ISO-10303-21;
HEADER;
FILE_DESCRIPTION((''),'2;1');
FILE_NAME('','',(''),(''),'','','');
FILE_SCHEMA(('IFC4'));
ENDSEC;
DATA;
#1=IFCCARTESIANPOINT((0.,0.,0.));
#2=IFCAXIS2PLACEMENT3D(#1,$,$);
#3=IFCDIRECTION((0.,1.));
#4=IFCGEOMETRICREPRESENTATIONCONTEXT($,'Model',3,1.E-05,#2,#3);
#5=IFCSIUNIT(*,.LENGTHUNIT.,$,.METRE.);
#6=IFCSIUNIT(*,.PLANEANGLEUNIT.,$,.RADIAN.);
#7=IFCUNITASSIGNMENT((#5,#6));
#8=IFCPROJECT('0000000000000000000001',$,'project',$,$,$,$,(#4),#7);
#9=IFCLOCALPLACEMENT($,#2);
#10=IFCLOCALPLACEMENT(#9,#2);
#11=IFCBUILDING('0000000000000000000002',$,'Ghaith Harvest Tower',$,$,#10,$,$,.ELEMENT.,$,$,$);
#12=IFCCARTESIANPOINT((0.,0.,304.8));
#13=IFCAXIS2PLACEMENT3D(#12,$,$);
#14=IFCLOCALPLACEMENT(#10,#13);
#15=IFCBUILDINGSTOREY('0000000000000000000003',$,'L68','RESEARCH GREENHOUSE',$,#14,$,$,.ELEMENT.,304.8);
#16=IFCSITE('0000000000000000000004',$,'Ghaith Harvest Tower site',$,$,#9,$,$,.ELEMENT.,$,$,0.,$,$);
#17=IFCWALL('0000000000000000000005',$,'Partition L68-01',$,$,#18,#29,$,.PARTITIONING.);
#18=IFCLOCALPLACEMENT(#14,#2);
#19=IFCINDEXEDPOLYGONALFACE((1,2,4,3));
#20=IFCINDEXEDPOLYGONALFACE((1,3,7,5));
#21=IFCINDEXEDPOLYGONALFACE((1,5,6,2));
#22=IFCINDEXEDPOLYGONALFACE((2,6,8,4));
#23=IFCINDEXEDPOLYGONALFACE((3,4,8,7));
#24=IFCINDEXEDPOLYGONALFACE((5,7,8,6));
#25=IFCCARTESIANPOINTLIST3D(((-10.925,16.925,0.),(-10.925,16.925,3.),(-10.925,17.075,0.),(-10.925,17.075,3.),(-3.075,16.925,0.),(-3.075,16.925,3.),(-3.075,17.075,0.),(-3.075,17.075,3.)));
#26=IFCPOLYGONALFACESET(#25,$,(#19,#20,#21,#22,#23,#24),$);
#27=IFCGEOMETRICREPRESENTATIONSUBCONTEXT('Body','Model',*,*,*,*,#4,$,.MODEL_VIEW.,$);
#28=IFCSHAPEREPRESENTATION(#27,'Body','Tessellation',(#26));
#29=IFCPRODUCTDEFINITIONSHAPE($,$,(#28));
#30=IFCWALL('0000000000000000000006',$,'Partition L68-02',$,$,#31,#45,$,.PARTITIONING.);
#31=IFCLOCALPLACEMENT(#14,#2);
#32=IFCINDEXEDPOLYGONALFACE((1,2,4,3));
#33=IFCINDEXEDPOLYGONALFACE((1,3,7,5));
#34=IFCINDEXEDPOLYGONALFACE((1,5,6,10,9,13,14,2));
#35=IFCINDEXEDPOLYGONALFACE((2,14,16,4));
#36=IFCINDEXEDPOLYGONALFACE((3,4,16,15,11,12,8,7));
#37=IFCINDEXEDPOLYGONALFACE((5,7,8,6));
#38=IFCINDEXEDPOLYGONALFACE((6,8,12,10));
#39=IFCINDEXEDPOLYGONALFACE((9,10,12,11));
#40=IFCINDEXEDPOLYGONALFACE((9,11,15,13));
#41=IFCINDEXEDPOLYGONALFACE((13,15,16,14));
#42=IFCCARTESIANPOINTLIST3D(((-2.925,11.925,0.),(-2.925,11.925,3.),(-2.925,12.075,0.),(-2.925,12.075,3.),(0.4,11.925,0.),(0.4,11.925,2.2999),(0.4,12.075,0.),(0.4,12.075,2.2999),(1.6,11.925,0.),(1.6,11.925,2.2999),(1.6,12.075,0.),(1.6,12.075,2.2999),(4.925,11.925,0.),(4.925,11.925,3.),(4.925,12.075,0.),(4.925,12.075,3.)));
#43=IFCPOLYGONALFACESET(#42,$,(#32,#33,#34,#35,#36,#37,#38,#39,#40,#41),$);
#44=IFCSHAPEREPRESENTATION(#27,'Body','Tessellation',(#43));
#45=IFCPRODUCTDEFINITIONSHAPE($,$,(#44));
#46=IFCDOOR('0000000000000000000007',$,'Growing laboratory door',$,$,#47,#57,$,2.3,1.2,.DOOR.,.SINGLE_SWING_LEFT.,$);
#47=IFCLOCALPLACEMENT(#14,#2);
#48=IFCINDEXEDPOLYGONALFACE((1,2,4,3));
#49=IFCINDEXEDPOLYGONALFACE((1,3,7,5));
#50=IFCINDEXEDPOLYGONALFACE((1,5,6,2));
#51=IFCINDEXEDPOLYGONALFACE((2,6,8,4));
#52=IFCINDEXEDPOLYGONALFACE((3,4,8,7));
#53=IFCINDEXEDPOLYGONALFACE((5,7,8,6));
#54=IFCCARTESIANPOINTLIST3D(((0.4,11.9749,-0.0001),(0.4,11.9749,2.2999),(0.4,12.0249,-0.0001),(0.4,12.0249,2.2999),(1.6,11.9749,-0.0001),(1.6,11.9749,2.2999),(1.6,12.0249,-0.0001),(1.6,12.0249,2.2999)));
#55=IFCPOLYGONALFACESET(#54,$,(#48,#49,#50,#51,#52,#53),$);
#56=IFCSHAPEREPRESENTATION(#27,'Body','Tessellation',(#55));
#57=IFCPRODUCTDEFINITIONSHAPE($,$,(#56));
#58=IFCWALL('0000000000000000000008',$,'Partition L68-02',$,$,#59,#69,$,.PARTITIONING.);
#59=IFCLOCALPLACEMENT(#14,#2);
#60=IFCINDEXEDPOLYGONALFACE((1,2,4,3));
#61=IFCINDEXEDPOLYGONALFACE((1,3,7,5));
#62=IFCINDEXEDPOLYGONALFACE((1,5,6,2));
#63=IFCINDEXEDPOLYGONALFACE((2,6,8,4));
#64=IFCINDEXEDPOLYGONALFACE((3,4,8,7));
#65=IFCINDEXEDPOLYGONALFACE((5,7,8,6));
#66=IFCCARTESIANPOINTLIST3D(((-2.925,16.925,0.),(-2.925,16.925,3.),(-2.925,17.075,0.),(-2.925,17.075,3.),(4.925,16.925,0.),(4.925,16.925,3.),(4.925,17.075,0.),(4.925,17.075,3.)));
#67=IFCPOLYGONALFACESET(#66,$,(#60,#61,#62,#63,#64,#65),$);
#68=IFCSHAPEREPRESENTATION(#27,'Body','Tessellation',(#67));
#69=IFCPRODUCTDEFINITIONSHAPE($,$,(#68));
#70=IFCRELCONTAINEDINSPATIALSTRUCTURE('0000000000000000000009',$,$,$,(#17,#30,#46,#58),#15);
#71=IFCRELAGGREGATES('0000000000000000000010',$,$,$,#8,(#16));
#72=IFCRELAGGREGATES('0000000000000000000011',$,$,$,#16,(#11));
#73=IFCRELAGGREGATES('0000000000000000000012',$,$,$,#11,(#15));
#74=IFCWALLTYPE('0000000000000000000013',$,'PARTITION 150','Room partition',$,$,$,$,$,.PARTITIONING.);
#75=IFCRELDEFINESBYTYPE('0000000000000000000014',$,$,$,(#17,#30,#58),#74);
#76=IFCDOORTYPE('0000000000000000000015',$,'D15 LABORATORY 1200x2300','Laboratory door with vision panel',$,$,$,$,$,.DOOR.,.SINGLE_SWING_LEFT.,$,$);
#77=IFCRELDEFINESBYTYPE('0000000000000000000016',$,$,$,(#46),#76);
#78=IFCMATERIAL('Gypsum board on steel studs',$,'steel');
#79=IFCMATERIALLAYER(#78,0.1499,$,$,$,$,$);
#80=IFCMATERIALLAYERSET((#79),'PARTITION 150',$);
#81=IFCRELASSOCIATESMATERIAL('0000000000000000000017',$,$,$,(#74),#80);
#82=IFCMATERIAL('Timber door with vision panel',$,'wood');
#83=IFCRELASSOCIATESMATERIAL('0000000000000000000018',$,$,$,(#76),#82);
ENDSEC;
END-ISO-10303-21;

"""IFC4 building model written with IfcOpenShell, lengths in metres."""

from ifc_helpers import new_model, si_unit, direction, frame, frame_2d, origin, place, context, subcontext, project, spatial, rectangle, extrude, material, layer, layer_set, type_object, element, fill, save


model = new_model("IFC4")

# Units and contexts
model_context = context("Model", 3, precision=1e-05, world=origin(), true_north=direction((0.0, 1.0)))
body_context = subcontext(model_context, "Body", "Model", "MODEL_VIEW")
ifc_project = project(units=[si_unit("LENGTHUNIT", "METRE"), si_unit("PLANEANGLEUNIT", "RADIAN")], contexts=[model_context])

# Site, building, storey
site_placement = place(None, origin())
site = spatial("IfcSite", under=ifc_project, at=site_placement, Name="Ghaith Harvest Tower site", CompositionType="ELEMENT", RefElevation=0.0)
building_placement = place(site_placement, origin())
building = spatial("IfcBuilding", under=site, at=building_placement, Name="Ghaith Harvest Tower", CompositionType="ELEMENT")
storey_placement = place(building_placement, frame((0.0, 0.0, 304.8)))
storey = spatial("IfcBuildingStorey", under=building, at=storey_placement, Name="L68", Description="RESEARCH GREENHOUSE", CompositionType="ELEMENT", Elevation=304.8)

# Shared definitions
ifc_material_1 = material(Name="Gypsum board on steel studs", Category="steel")
ifc_layer_1 = layer(ifc_material_1, 0.1499)
ifc_layer_set_1 = layer_set([ifc_layer_1], Name="PARTITION 150")
wall_type = type_object("IfcWallType", Name="PARTITION 150", Description="Room partition", PredefinedType="PARTITIONING", material=ifc_layer_set_1)

# Shared definitions
ifc_material_2 = material(Name="Timber door with vision panel", Category="wood")
door_type = type_object("IfcDoorType", Name="D15 LABORATORY 1200x2300", Description="Laboratory door with vision panel", OperationType="SINGLE_SWING_LEFT", PredefinedType="DOOR", material=ifc_material_2)

# Wall
wall_1_placement = place(storey_placement, frame((-10.925, 17.0, 0.0), z_axis=(0.0, 0.0, 1.0), x_axis=(1.0, 0.0, 0.0)))
element("IfcWall", 1, at=wall_1_placement, inside=storey, type_object=wall_type, Name="Partition L68-01", PredefinedType="PARTITIONING", context=body_context, shape_type="SweptSolid", body=[
    extrude(rectangle(XDim=7.8501, YDim=0.1499, at=frame_2d((3.925, 0.0))), origin(), (0.0, 0.0, 1.0), 3.0),
])

# Wall, opening, door
wall_2_placement = place(storey_placement, frame((-2.925, 12.0, 0.0), z_axis=(0.0, 0.0, 1.0), x_axis=(1.0, 0.0, 0.0)))
wall_2 = element("IfcWall", 2, at=wall_2_placement, inside=storey, type_object=wall_type, Name="Partition L68-02", PredefinedType="PARTITIONING", context=body_context, shape_type="SweptSolid", body=[
    extrude(rectangle(XDim=7.8501, YDim=0.1499, at=frame_2d((3.925, 0.0))), origin(), (0.0, 0.0, 1.0), 3.0),
])
opening_1_placement = place(wall_2_placement, frame((3.325, 0.0, 0.0)))
opening_1 = element("IfcOpeningElement", 3, at=opening_1_placement, cuts=wall_2, PredefinedType="OPENING", context=body_context, shape_type="SweptSolid", body=[
    extrude(rectangle(XDim=1.2, YDim=2.3, at=frame_2d((0.6001, 1.1499))), frame((0.0, 0.085, 0.0), z_axis=(0.0, -1.0, 0.0), x_axis=(1.0, 0.0, 0.0)), (0.0, 0.0, 1.0), 0.1699),
])
door_1_placement = place(opening_1_placement, origin())
door_1 = element("IfcDoor", 4, at=door_1_placement, inside=storey, type_object=door_type, Name="Growing laboratory door", OperationType="SINGLE_SWING_LEFT", OverallHeight=2.3, OverallWidth=1.2, PredefinedType="DOOR", context=body_context, shape_type="SweptSolid", body=[
    extrude(rectangle(XDim=1.2, YDim=2.3, at=frame_2d((0.6001, 1.1499))), frame((0.0, 0.0249, 0.0), z_axis=(0.0, -1.0, 0.0), x_axis=(1.0, 0.0, 0.0)), (0.0, 0.0, 1.0), 0.05),
])
fill(opening_1, door_1)

# Wall
wall_3_placement = place(storey_placement, frame((-2.925, 17.0, 0.0), z_axis=(0.0, 0.0, 1.0), x_axis=(1.0, 0.0, 0.0)))
element("IfcWall", 5, at=wall_3_placement, inside=storey, type_object=wall_type, Name="Partition L68-02", PredefinedType="PARTITIONING", context=body_context, shape_type="SweptSolid", body=[
    extrude(rectangle(XDim=7.8501, YDim=0.1499, at=frame_2d((3.925, 0.0))), origin(), (0.0, 0.0, 1.0), 3.0),
])

save(model, "model.ifc")
